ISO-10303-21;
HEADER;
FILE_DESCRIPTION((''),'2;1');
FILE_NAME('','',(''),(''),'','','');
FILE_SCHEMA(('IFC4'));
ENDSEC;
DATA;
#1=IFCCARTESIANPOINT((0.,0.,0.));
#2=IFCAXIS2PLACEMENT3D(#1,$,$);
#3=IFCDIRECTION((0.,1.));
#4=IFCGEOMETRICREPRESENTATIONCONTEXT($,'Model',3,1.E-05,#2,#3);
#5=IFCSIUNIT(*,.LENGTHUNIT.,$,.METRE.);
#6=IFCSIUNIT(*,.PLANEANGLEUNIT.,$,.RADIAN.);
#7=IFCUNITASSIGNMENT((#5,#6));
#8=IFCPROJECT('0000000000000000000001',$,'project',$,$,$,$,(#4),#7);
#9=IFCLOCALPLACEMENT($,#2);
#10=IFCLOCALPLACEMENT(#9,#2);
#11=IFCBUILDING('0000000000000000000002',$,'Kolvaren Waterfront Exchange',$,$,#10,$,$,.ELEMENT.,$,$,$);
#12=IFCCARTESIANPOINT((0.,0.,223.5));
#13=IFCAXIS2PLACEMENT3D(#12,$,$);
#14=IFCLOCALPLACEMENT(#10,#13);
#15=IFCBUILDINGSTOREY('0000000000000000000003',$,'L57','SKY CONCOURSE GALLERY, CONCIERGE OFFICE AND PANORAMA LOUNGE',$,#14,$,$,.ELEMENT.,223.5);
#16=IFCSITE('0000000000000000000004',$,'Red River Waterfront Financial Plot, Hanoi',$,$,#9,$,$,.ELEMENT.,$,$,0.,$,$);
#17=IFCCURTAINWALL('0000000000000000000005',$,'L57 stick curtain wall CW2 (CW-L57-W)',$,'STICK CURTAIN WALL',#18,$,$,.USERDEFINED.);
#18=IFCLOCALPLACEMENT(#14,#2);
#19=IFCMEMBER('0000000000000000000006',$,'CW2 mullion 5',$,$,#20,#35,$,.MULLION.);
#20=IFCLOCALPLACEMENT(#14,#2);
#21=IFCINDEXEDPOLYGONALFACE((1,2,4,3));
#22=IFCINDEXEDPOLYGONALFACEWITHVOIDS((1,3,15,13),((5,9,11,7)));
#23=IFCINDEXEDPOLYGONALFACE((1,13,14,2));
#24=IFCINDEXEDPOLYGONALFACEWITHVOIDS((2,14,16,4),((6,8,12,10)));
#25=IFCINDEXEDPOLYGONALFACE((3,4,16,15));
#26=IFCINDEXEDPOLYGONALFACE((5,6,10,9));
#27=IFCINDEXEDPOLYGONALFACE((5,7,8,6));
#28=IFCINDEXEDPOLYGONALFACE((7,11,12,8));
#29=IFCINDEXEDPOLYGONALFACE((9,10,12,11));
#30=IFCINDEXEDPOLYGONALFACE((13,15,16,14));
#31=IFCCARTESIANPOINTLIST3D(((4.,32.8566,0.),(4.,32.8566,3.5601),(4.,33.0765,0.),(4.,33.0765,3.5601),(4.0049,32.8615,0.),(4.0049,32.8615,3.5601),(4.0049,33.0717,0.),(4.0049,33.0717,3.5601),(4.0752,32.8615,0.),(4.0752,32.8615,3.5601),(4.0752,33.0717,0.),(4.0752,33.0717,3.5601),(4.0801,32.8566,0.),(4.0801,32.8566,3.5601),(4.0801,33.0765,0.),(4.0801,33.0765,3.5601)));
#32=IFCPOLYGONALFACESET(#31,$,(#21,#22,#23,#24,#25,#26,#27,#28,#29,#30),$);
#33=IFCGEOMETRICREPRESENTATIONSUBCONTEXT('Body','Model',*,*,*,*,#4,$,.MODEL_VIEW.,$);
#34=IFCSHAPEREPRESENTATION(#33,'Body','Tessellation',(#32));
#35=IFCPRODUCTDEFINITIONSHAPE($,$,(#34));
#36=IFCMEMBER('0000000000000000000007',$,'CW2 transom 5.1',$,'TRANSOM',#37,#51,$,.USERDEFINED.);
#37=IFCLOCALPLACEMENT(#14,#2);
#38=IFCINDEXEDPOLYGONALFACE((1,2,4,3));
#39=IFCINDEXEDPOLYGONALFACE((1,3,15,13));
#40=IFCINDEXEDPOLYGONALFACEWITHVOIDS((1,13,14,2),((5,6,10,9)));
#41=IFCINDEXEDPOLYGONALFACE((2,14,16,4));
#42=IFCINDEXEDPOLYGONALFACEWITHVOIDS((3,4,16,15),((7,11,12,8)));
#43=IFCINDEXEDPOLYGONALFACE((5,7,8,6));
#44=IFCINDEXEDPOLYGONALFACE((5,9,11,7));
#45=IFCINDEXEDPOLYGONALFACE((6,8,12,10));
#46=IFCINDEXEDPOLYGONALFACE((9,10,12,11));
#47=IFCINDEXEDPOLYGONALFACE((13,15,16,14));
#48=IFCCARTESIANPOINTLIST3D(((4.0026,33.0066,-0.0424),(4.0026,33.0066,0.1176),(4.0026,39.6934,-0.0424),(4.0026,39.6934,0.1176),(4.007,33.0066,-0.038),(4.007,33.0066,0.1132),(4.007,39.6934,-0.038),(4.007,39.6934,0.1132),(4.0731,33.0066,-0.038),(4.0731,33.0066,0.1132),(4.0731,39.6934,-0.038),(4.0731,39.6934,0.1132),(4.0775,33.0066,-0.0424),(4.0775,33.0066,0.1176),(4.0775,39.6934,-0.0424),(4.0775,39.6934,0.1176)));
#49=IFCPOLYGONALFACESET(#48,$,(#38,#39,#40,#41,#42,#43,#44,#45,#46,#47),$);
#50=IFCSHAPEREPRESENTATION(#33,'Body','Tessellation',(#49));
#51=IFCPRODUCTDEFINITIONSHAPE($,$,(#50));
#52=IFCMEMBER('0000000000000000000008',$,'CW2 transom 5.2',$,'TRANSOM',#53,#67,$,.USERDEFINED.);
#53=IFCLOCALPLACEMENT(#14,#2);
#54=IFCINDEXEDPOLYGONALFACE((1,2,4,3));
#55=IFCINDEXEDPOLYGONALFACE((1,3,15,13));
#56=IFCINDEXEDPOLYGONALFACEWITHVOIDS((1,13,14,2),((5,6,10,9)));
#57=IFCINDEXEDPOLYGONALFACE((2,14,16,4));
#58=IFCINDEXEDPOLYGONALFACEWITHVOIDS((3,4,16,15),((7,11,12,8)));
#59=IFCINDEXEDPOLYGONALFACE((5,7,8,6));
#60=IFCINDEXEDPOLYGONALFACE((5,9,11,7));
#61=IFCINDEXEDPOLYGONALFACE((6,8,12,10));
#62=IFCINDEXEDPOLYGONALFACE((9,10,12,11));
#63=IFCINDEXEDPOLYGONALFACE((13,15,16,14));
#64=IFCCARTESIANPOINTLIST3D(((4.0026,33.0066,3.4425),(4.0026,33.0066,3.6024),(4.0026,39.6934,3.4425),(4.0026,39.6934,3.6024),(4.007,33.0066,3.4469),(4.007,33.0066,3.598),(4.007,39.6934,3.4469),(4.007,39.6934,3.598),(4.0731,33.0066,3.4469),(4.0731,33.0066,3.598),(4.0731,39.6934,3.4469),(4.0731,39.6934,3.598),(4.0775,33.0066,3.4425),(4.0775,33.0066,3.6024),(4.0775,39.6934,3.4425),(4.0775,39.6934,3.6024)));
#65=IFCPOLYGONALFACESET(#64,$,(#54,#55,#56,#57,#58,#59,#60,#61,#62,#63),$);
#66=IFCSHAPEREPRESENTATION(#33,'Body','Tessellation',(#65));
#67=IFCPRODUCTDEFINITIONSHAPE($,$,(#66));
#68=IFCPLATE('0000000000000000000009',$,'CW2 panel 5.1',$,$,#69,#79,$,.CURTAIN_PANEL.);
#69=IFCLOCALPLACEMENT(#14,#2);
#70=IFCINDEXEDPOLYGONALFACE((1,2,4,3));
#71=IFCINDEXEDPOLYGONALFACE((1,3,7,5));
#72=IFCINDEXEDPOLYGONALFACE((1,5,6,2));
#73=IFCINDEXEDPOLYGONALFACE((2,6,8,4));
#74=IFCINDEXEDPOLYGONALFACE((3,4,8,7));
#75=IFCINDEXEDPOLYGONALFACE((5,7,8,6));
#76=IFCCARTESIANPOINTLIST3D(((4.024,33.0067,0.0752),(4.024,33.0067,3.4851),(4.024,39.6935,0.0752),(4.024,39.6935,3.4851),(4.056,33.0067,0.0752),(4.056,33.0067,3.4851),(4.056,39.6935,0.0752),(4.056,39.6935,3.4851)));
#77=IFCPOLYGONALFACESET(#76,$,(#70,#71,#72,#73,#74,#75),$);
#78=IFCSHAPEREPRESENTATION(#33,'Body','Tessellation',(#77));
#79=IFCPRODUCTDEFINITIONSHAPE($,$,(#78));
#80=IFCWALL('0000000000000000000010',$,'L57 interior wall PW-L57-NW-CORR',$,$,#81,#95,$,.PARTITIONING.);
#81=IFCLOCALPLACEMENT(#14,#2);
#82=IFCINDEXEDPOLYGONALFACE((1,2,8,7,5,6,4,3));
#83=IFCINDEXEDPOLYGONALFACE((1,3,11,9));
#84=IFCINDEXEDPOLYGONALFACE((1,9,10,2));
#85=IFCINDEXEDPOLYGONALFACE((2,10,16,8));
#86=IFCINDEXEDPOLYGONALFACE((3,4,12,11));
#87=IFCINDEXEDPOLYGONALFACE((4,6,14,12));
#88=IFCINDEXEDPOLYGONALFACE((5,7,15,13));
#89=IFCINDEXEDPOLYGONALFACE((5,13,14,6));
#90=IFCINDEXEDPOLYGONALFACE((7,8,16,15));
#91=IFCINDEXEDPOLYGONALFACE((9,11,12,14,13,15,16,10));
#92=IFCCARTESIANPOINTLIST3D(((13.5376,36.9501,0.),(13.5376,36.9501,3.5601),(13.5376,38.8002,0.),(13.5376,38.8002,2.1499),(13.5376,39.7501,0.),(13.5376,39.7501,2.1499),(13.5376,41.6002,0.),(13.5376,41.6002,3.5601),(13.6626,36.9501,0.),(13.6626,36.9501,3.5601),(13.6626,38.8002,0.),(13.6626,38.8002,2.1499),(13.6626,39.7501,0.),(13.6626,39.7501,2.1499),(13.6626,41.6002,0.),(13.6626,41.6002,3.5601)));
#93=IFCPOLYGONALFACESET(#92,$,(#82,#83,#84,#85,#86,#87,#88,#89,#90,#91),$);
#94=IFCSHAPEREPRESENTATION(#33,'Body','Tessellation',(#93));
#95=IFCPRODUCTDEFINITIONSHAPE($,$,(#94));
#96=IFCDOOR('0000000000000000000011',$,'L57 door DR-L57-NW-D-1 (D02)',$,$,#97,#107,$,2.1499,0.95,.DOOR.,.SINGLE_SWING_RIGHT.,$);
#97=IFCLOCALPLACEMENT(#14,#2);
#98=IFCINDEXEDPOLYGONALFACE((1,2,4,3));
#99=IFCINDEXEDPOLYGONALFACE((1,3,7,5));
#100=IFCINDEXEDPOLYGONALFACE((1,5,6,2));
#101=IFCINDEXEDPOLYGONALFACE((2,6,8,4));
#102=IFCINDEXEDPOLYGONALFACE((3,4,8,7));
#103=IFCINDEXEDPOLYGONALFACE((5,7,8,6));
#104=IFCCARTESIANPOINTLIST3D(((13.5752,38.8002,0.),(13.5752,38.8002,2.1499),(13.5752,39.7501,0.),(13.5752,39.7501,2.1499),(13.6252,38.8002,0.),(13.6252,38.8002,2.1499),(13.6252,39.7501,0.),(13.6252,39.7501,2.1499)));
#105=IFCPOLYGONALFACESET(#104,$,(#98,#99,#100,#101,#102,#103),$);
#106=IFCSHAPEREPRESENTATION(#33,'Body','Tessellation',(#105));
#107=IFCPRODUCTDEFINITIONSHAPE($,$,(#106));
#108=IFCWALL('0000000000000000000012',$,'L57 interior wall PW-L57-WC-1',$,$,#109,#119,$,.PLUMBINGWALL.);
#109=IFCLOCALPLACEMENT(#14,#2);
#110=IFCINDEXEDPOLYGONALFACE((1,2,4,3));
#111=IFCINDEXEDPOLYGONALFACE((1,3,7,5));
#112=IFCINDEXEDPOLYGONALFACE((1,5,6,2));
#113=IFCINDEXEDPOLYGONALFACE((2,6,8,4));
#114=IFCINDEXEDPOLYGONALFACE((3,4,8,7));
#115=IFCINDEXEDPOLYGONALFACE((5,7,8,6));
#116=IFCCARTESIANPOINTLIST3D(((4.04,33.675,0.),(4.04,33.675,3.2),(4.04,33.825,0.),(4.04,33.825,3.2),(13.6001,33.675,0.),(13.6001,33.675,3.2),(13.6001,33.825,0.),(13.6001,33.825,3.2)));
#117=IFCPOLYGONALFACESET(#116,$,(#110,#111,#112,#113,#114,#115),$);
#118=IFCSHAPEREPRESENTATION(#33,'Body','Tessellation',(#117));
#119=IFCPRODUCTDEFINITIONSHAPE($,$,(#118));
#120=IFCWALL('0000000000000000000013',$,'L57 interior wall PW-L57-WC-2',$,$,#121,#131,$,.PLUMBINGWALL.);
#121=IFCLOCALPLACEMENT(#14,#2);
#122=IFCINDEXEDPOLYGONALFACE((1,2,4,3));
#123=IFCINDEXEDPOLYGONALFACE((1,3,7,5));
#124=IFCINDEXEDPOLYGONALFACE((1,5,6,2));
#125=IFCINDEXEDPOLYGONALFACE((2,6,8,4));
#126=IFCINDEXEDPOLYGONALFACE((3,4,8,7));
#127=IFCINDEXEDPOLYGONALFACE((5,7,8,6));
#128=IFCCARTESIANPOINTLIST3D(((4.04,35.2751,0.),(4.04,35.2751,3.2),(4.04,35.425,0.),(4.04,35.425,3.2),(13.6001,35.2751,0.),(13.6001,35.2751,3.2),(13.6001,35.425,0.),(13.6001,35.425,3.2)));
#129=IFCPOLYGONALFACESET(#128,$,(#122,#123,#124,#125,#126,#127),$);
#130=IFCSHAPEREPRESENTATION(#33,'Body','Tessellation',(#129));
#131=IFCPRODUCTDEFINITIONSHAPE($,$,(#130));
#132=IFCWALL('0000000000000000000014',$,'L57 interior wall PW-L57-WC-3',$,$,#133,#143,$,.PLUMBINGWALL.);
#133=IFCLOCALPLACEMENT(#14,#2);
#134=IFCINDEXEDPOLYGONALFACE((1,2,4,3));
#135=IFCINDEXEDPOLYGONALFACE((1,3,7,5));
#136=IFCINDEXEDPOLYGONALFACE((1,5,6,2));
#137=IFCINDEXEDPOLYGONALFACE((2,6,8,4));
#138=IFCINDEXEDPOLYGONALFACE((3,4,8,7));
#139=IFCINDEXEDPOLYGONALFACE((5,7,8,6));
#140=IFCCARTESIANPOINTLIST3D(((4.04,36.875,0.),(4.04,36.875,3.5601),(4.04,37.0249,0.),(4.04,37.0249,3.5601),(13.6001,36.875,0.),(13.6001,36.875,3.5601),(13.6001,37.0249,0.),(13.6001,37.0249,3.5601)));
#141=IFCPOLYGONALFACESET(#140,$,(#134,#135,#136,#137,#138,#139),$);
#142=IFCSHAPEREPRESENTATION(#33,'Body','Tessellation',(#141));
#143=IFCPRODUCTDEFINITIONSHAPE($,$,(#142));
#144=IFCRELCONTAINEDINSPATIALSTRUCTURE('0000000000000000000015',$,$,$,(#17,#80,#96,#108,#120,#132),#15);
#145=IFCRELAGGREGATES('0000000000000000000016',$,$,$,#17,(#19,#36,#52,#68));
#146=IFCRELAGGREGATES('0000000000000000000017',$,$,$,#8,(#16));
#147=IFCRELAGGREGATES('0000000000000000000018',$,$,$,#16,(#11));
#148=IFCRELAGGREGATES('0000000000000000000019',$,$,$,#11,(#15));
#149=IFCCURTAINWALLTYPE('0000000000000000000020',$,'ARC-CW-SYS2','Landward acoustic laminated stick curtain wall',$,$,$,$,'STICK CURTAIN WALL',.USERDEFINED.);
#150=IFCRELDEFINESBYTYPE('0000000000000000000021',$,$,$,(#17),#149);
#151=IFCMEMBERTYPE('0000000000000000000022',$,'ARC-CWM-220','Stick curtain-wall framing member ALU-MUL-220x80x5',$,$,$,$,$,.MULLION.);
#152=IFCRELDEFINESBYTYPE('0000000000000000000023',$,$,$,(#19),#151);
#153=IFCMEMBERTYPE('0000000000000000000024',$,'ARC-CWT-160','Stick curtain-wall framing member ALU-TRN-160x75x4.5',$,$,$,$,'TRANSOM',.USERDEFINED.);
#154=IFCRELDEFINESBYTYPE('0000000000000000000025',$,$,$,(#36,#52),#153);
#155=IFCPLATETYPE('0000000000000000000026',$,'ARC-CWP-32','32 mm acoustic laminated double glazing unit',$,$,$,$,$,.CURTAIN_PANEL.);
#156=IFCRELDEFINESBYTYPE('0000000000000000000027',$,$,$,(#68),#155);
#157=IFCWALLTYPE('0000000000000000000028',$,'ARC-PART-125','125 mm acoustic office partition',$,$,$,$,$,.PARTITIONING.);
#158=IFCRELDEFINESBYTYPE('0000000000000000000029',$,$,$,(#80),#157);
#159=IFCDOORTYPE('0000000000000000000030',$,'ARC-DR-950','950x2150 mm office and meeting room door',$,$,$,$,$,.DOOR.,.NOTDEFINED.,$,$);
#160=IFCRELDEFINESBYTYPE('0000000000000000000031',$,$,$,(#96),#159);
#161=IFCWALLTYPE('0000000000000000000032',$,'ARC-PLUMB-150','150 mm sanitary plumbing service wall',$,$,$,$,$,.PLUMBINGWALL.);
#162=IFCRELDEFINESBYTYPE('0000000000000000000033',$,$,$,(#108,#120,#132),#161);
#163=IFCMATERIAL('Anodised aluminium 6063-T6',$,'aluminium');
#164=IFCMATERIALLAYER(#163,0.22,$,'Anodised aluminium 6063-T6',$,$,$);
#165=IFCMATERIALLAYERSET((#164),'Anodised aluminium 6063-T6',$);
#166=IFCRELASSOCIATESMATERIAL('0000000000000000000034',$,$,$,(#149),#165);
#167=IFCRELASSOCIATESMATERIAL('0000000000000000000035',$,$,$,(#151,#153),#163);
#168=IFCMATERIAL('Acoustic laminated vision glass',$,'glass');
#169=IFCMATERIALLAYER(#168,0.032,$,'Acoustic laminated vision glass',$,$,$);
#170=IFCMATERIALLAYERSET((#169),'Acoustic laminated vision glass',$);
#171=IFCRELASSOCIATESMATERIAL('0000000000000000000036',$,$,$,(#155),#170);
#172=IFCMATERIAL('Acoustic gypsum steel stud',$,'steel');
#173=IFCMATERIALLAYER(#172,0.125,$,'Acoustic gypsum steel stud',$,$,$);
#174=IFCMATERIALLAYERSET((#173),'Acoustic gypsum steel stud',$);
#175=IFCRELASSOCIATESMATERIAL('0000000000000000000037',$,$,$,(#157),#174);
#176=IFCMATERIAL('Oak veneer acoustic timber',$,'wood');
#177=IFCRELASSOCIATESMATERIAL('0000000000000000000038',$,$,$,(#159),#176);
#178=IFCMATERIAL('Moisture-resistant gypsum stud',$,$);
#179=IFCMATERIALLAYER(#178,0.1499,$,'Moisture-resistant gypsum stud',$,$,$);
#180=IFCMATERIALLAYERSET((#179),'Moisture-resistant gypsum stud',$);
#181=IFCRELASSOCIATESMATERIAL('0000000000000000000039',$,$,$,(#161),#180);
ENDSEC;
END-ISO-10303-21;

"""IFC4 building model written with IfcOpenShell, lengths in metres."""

from ifc_helpers import new_model, si_unit, direction, frame, frame_2d, origin, origin_with_axes, origin_2d, place, context, subcontext, project, spatial, rectangle, hollow_rectangle, extrude, source, transform, mapped, material, layer, layer_set, material_profile, profile_set, type_object, element, fill, aggregate, save


model = new_model("IFC4")

# Units and contexts
model_context = context("Model", 3, precision=1e-05, world=origin(), true_north=direction((0.0, 1.0)))
body_context = subcontext(model_context, "Body", "Model", "MODEL_VIEW")
ifc_project = project(units=[si_unit("LENGTHUNIT", "METRE"), si_unit("PLANEANGLEUNIT", "RADIAN")], contexts=[model_context])

# Site, building, storey
site_placement = place(None, origin())
site = spatial("IfcSite", under=ifc_project, at=site_placement, Name="Red River Waterfront Financial Plot, Hanoi", CompositionType="ELEMENT", RefElevation=0.0)
building_placement = place(site_placement, origin())
building = spatial("IfcBuilding", under=site, at=building_placement, Name="Kolvaren Waterfront Exchange", CompositionType="ELEMENT")
storey_placement = place(building_placement, frame((0.0, 0.0, 223.5)))
storey = spatial("IfcBuildingStorey", under=building, at=storey_placement, Name="L57", Description="SKY CONCOURSE GALLERY, CONCIERGE OFFICE AND PANORAMA LOUNGE", CompositionType="ELEMENT", Elevation=223.5)

# Curtain wall, members, plate
ifc_material_1 = material(Name="Anodised aluminium 6063-T6", Category="aluminium")
ifc_layer_1 = layer(ifc_material_1, 0.22, Name="Anodised aluminium 6063-T6")
ifc_layer_set_1 = layer_set([ifc_layer_1], Name="Anodised aluminium 6063-T6")
curtain_wall_type = type_object("IfcCurtainWallType", Name="ARC-CW-SYS2", Description="Landward acoustic laminated stick curtain wall", ElementType="STICK CURTAIN WALL", PredefinedType="USERDEFINED", material=ifc_layer_set_1)
curtain_wall_placement = place(storey_placement, origin())
curtain_wall = element("IfcCurtainWall", 1, at=curtain_wall_placement, inside=storey, type_object=curtain_wall_type, Name="L57 stick curtain wall CW2 (CW-L57-W)", ObjectType="STICK CURTAIN WALL", PredefinedType="USERDEFINED")
ifc_material_profile_1 = material_profile(ifc_material_1, hollow_rectangle(XDim=0.0801, YDim=0.22, WallThickness=0.0049, at=origin_2d()), Name="ALU-MUL-220x80x5")
ifc_profile_set_1 = profile_set([ifc_material_profile_1], Name="Anodised aluminium 6063-T6")
member_type_1 = type_object("IfcMemberType", Name="ARC-CWM-220", Description="Stick curtain-wall framing member ALU-MUL-220x80x5", PredefinedType="MULLION", material=ifc_profile_set_1)
shared_shape_1 = source(origin_with_axes(), body_context, "Body", "SweptSolid", [
    extrude(hollow_rectangle(XDim=0.0801, YDim=0.22, WallThickness=0.0049, at=origin_2d()), origin(), (0.0, 0.0, 1.0), 3.5601),
])
member_1_placement = place(storey_placement, frame((4.04, 32.9666, 0.0), z_axis=(0.0, 0.0, 1.0), x_axis=(-1.0, 0.0, 0.0)))
member_1 = element("IfcMember", 2, at=member_1_placement, type_object=member_type_1, Name="CW2 mullion 5", PredefinedType="MULLION", context=body_context, shape_type="MappedRepresentation", body=[
    mapped(shared_shape_1, transform((0.0, 0.0, 0.0), x_axis=(1.0, 0.0, 0.0), y_axis=(0.0, 1.0, 0.0), z_axis=(0.0, 0.0, 1.0), scale=1.0)),
])
ifc_material_profile_2 = material_profile(ifc_material_1, hollow_rectangle(XDim=0.075, YDim=0.1599, WallThickness=0.0044, at=origin_2d()), Name="ALU-TRN-160x75x4.5")
ifc_profile_set_2 = profile_set([ifc_material_profile_2], Name="Anodised aluminium 6063-T6")
member_type_2 = type_object("IfcMemberType", Name="ARC-CWT-160", Description="Stick curtain-wall framing member ALU-TRN-160x75x4.5", ElementType="TRANSOM", PredefinedType="USERDEFINED", material=ifc_profile_set_2)
shared_shape_2 = source(origin_with_axes(), body_context, "Body", "SweptSolid", [
    extrude(hollow_rectangle(XDim=0.075, YDim=0.1599, WallThickness=0.0044, at=origin_2d()), origin(), (0.0, 0.0, 1.0), 6.6868),
])
member_2_placement = place(storey_placement, frame((4.04, 33.0066, 0.0376), z_axis=(0.0, 1.0, 0.0), x_axis=(-1.0, 0.0, 0.0)))
member_2 = element("IfcMember", 3, at=member_2_placement, type_object=member_type_2, Name="CW2 transom 5.1", ObjectType="TRANSOM", PredefinedType="USERDEFINED", context=body_context, shape_type="MappedRepresentation", body=[
    mapped(shared_shape_2, transform((0.0, 0.0, 0.0), x_axis=(1.0, 0.0, 0.0), y_axis=(0.0, 1.0, 0.0), z_axis=(0.0, 0.0, 1.0), scale=1.0)),
])
member_3_placement = place(storey_placement, frame((4.04, 33.0066, 3.5225), z_axis=(0.0, 1.0, 0.0), x_axis=(-1.0, 0.0, 0.0)))
member_3 = element("IfcMember", 4, at=member_3_placement, type_object=member_type_2, Name="CW2 transom 5.2", ObjectType="TRANSOM", PredefinedType="USERDEFINED", context=body_context, shape_type="MappedRepresentation", body=[
    mapped(shared_shape_2, transform((0.0, 0.0, 0.0), x_axis=(1.0, 0.0, 0.0), y_axis=(0.0, 1.0, 0.0), z_axis=(0.0, 0.0, 1.0), scale=1.0)),
])
ifc_material_2 = material(Name="Acoustic laminated vision glass", Category="glass")
ifc_layer_2 = layer(ifc_material_2, 0.032, Name="Acoustic laminated vision glass")
ifc_layer_set_2 = layer_set([ifc_layer_2], Name="Acoustic laminated vision glass")
plate_type = type_object("IfcPlateType", Name="ARC-CWP-32", Description="32 mm acoustic laminated double glazing unit", PredefinedType="CURTAIN_PANEL", material=ifc_layer_set_2)
shared_shape_3 = source(origin_with_axes(), body_context, "Body", "SweptSolid", [
    extrude(rectangle(XDim=6.6868, YDim=0.032, at=origin_2d()), origin(), (0.0, 0.0, 1.0), 3.4099),
])
plate_placement = place(storey_placement, frame((4.04, 36.3501, 0.0752), z_axis=(0.0, 0.0, 1.0), x_axis=(0.0, 1.0, 0.0)))
plate = element("IfcPlate", 5, at=plate_placement, type_object=plate_type, Name="CW2 panel 5.1", PredefinedType="CURTAIN_PANEL", context=body_context, shape_type="MappedRepresentation", body=[
    mapped(shared_shape_3, transform((0.0, 0.0, 0.0), x_axis=(1.0, 0.0, 0.0), y_axis=(0.0, 1.0, 0.0), z_axis=(0.0, 0.0, 1.0), scale=1.0)),
])
aggregate(curtain_wall, [member_1, member_2, member_3, plate])

# Wall, opening, door
ifc_material_3 = material(Name="Acoustic gypsum steel stud", Category="steel")
ifc_layer_3 = layer(ifc_material_3, 0.125, Name="Acoustic gypsum steel stud")
ifc_layer_set_3 = layer_set([ifc_layer_3], Name="Acoustic gypsum steel stud")
wall_type_1 = type_object("IfcWallType", Name="ARC-PART-125", Description="125 mm acoustic office partition", PredefinedType="PARTITIONING", material=ifc_layer_set_3)
wall_1_placement = place(storey_placement, frame((13.6001, 36.95, 0.0), z_axis=(0.0, 0.0, 1.0), x_axis=(0.0, 1.0, 0.0)))
wall_1 = element("IfcWall", 6, at=wall_1_placement, inside=storey, type_object=wall_type_1, Name="L57 interior wall PW-L57-NW-CORR", PredefinedType="PARTITIONING", context=body_context, shape_type="SweptSolid", body=[
    extrude(rectangle(XDim=4.6501, YDim=0.125, at=frame_2d((2.3252, 0.0))), origin(), (0.0, 0.0, 1.0), 3.5601),
])
opening_1_placement = place(wall_1_placement, frame((1.8501, 0.0, 0.0)))
opening_1 = element("IfcOpeningElement", 7, at=opening_1_placement, cuts=wall_1, PredefinedType="OPENING", context=body_context, shape_type="SweptSolid", body=[
    extrude(rectangle(XDim=0.95, YDim=2.1499, at=frame_2d((0.4751, 1.075))), frame((0.0, 0.0725, 0.0), z_axis=(0.0, -1.0, 0.0), x_axis=(1.0, 0.0, 0.0)), (0.0, 0.0, 1.0), 0.145),
])
ifc_material_4 = material(Name="Oak veneer acoustic timber", Category="wood")
door_type_1 = type_object("IfcDoorType", Name="ARC-DR-950", Description="950x2150 mm office and meeting room door", OperationType="NOTDEFINED", PredefinedType="DOOR", material=ifc_material_4)
door_1_placement = place(opening_1_placement, origin())
door_1 = element("IfcDoor", 8, at=door_1_placement, inside=storey, type_object=door_type_1, Name="L57 door DR-L57-NW-D-1 (D02)", OperationType="SINGLE_SWING_RIGHT", OverallHeight=2.1499, OverallWidth=0.95, PredefinedType="DOOR", context=body_context, shape_type="SweptSolid", body=[
    extrude(rectangle(XDim=0.95, YDim=2.1499, at=frame_2d((0.4751, 1.075))), frame((0.0, 0.0249, 0.0), z_axis=(0.0, -1.0, 0.0), x_axis=(1.0, 0.0, 0.0)), (0.0, 0.0, 1.0), 0.05),
])
fill(opening_1, door_1)

# Shared definitions
ifc_material_5 = material(Name="Moisture-resistant gypsum stud")
ifc_layer_4 = layer(ifc_material_5, 0.1499, Name="Moisture-resistant gypsum stud")
ifc_layer_set_4 = layer_set([ifc_layer_4], Name="Moisture-resistant gypsum stud")
wall_type_2 = type_object("IfcWallType", Name="ARC-PLUMB-150", Description="150 mm sanitary plumbing service wall", PredefinedType="PLUMBINGWALL", material=ifc_layer_set_4)

# Walls
for number, where, z_axis, x_axis, name in (
    (9, (4.04, 33.75, 0.0), (0.0, 0.0, 1.0), (1.0, 0.0, 0.0), "L57 interior wall PW-L57-WC-1"),
    (10, (4.04, 35.3501, 0.0), (0.0, 0.0, 1.0), (1.0, 0.0, 0.0), "L57 interior wall PW-L57-WC-2"),
):
    element("IfcWall", number, at=place(storey_placement, frame(where, z_axis=z_axis, x_axis=x_axis)), inside=storey, type_object=wall_type_2, Name=name, PredefinedType="PLUMBINGWALL", context=body_context, shape_type="SweptSolid", body=[
        extrude(rectangle(XDim=9.5601, YDim=0.1499, at=frame_2d((4.78, 0.0))), origin(), (0.0, 0.0, 1.0), 3.2),
    ])
wall_2_placement = place(storey_placement, frame((4.04, 36.95, 0.0), z_axis=(0.0, 0.0, 1.0), x_axis=(1.0, 0.0, 0.0)))
element("IfcWall", 11, at=wall_2_placement, inside=storey, type_object=wall_type_2, Name="L57 interior wall PW-L57-WC-3", PredefinedType="PLUMBINGWALL", context=body_context, shape_type="SweptSolid", body=[
    extrude(rectangle(XDim=9.5601, YDim=0.1499, at=frame_2d((4.78, 0.0))), origin(), (0.0, 0.0, 1.0), 3.5601),
])

save(model, "model.ifc")
